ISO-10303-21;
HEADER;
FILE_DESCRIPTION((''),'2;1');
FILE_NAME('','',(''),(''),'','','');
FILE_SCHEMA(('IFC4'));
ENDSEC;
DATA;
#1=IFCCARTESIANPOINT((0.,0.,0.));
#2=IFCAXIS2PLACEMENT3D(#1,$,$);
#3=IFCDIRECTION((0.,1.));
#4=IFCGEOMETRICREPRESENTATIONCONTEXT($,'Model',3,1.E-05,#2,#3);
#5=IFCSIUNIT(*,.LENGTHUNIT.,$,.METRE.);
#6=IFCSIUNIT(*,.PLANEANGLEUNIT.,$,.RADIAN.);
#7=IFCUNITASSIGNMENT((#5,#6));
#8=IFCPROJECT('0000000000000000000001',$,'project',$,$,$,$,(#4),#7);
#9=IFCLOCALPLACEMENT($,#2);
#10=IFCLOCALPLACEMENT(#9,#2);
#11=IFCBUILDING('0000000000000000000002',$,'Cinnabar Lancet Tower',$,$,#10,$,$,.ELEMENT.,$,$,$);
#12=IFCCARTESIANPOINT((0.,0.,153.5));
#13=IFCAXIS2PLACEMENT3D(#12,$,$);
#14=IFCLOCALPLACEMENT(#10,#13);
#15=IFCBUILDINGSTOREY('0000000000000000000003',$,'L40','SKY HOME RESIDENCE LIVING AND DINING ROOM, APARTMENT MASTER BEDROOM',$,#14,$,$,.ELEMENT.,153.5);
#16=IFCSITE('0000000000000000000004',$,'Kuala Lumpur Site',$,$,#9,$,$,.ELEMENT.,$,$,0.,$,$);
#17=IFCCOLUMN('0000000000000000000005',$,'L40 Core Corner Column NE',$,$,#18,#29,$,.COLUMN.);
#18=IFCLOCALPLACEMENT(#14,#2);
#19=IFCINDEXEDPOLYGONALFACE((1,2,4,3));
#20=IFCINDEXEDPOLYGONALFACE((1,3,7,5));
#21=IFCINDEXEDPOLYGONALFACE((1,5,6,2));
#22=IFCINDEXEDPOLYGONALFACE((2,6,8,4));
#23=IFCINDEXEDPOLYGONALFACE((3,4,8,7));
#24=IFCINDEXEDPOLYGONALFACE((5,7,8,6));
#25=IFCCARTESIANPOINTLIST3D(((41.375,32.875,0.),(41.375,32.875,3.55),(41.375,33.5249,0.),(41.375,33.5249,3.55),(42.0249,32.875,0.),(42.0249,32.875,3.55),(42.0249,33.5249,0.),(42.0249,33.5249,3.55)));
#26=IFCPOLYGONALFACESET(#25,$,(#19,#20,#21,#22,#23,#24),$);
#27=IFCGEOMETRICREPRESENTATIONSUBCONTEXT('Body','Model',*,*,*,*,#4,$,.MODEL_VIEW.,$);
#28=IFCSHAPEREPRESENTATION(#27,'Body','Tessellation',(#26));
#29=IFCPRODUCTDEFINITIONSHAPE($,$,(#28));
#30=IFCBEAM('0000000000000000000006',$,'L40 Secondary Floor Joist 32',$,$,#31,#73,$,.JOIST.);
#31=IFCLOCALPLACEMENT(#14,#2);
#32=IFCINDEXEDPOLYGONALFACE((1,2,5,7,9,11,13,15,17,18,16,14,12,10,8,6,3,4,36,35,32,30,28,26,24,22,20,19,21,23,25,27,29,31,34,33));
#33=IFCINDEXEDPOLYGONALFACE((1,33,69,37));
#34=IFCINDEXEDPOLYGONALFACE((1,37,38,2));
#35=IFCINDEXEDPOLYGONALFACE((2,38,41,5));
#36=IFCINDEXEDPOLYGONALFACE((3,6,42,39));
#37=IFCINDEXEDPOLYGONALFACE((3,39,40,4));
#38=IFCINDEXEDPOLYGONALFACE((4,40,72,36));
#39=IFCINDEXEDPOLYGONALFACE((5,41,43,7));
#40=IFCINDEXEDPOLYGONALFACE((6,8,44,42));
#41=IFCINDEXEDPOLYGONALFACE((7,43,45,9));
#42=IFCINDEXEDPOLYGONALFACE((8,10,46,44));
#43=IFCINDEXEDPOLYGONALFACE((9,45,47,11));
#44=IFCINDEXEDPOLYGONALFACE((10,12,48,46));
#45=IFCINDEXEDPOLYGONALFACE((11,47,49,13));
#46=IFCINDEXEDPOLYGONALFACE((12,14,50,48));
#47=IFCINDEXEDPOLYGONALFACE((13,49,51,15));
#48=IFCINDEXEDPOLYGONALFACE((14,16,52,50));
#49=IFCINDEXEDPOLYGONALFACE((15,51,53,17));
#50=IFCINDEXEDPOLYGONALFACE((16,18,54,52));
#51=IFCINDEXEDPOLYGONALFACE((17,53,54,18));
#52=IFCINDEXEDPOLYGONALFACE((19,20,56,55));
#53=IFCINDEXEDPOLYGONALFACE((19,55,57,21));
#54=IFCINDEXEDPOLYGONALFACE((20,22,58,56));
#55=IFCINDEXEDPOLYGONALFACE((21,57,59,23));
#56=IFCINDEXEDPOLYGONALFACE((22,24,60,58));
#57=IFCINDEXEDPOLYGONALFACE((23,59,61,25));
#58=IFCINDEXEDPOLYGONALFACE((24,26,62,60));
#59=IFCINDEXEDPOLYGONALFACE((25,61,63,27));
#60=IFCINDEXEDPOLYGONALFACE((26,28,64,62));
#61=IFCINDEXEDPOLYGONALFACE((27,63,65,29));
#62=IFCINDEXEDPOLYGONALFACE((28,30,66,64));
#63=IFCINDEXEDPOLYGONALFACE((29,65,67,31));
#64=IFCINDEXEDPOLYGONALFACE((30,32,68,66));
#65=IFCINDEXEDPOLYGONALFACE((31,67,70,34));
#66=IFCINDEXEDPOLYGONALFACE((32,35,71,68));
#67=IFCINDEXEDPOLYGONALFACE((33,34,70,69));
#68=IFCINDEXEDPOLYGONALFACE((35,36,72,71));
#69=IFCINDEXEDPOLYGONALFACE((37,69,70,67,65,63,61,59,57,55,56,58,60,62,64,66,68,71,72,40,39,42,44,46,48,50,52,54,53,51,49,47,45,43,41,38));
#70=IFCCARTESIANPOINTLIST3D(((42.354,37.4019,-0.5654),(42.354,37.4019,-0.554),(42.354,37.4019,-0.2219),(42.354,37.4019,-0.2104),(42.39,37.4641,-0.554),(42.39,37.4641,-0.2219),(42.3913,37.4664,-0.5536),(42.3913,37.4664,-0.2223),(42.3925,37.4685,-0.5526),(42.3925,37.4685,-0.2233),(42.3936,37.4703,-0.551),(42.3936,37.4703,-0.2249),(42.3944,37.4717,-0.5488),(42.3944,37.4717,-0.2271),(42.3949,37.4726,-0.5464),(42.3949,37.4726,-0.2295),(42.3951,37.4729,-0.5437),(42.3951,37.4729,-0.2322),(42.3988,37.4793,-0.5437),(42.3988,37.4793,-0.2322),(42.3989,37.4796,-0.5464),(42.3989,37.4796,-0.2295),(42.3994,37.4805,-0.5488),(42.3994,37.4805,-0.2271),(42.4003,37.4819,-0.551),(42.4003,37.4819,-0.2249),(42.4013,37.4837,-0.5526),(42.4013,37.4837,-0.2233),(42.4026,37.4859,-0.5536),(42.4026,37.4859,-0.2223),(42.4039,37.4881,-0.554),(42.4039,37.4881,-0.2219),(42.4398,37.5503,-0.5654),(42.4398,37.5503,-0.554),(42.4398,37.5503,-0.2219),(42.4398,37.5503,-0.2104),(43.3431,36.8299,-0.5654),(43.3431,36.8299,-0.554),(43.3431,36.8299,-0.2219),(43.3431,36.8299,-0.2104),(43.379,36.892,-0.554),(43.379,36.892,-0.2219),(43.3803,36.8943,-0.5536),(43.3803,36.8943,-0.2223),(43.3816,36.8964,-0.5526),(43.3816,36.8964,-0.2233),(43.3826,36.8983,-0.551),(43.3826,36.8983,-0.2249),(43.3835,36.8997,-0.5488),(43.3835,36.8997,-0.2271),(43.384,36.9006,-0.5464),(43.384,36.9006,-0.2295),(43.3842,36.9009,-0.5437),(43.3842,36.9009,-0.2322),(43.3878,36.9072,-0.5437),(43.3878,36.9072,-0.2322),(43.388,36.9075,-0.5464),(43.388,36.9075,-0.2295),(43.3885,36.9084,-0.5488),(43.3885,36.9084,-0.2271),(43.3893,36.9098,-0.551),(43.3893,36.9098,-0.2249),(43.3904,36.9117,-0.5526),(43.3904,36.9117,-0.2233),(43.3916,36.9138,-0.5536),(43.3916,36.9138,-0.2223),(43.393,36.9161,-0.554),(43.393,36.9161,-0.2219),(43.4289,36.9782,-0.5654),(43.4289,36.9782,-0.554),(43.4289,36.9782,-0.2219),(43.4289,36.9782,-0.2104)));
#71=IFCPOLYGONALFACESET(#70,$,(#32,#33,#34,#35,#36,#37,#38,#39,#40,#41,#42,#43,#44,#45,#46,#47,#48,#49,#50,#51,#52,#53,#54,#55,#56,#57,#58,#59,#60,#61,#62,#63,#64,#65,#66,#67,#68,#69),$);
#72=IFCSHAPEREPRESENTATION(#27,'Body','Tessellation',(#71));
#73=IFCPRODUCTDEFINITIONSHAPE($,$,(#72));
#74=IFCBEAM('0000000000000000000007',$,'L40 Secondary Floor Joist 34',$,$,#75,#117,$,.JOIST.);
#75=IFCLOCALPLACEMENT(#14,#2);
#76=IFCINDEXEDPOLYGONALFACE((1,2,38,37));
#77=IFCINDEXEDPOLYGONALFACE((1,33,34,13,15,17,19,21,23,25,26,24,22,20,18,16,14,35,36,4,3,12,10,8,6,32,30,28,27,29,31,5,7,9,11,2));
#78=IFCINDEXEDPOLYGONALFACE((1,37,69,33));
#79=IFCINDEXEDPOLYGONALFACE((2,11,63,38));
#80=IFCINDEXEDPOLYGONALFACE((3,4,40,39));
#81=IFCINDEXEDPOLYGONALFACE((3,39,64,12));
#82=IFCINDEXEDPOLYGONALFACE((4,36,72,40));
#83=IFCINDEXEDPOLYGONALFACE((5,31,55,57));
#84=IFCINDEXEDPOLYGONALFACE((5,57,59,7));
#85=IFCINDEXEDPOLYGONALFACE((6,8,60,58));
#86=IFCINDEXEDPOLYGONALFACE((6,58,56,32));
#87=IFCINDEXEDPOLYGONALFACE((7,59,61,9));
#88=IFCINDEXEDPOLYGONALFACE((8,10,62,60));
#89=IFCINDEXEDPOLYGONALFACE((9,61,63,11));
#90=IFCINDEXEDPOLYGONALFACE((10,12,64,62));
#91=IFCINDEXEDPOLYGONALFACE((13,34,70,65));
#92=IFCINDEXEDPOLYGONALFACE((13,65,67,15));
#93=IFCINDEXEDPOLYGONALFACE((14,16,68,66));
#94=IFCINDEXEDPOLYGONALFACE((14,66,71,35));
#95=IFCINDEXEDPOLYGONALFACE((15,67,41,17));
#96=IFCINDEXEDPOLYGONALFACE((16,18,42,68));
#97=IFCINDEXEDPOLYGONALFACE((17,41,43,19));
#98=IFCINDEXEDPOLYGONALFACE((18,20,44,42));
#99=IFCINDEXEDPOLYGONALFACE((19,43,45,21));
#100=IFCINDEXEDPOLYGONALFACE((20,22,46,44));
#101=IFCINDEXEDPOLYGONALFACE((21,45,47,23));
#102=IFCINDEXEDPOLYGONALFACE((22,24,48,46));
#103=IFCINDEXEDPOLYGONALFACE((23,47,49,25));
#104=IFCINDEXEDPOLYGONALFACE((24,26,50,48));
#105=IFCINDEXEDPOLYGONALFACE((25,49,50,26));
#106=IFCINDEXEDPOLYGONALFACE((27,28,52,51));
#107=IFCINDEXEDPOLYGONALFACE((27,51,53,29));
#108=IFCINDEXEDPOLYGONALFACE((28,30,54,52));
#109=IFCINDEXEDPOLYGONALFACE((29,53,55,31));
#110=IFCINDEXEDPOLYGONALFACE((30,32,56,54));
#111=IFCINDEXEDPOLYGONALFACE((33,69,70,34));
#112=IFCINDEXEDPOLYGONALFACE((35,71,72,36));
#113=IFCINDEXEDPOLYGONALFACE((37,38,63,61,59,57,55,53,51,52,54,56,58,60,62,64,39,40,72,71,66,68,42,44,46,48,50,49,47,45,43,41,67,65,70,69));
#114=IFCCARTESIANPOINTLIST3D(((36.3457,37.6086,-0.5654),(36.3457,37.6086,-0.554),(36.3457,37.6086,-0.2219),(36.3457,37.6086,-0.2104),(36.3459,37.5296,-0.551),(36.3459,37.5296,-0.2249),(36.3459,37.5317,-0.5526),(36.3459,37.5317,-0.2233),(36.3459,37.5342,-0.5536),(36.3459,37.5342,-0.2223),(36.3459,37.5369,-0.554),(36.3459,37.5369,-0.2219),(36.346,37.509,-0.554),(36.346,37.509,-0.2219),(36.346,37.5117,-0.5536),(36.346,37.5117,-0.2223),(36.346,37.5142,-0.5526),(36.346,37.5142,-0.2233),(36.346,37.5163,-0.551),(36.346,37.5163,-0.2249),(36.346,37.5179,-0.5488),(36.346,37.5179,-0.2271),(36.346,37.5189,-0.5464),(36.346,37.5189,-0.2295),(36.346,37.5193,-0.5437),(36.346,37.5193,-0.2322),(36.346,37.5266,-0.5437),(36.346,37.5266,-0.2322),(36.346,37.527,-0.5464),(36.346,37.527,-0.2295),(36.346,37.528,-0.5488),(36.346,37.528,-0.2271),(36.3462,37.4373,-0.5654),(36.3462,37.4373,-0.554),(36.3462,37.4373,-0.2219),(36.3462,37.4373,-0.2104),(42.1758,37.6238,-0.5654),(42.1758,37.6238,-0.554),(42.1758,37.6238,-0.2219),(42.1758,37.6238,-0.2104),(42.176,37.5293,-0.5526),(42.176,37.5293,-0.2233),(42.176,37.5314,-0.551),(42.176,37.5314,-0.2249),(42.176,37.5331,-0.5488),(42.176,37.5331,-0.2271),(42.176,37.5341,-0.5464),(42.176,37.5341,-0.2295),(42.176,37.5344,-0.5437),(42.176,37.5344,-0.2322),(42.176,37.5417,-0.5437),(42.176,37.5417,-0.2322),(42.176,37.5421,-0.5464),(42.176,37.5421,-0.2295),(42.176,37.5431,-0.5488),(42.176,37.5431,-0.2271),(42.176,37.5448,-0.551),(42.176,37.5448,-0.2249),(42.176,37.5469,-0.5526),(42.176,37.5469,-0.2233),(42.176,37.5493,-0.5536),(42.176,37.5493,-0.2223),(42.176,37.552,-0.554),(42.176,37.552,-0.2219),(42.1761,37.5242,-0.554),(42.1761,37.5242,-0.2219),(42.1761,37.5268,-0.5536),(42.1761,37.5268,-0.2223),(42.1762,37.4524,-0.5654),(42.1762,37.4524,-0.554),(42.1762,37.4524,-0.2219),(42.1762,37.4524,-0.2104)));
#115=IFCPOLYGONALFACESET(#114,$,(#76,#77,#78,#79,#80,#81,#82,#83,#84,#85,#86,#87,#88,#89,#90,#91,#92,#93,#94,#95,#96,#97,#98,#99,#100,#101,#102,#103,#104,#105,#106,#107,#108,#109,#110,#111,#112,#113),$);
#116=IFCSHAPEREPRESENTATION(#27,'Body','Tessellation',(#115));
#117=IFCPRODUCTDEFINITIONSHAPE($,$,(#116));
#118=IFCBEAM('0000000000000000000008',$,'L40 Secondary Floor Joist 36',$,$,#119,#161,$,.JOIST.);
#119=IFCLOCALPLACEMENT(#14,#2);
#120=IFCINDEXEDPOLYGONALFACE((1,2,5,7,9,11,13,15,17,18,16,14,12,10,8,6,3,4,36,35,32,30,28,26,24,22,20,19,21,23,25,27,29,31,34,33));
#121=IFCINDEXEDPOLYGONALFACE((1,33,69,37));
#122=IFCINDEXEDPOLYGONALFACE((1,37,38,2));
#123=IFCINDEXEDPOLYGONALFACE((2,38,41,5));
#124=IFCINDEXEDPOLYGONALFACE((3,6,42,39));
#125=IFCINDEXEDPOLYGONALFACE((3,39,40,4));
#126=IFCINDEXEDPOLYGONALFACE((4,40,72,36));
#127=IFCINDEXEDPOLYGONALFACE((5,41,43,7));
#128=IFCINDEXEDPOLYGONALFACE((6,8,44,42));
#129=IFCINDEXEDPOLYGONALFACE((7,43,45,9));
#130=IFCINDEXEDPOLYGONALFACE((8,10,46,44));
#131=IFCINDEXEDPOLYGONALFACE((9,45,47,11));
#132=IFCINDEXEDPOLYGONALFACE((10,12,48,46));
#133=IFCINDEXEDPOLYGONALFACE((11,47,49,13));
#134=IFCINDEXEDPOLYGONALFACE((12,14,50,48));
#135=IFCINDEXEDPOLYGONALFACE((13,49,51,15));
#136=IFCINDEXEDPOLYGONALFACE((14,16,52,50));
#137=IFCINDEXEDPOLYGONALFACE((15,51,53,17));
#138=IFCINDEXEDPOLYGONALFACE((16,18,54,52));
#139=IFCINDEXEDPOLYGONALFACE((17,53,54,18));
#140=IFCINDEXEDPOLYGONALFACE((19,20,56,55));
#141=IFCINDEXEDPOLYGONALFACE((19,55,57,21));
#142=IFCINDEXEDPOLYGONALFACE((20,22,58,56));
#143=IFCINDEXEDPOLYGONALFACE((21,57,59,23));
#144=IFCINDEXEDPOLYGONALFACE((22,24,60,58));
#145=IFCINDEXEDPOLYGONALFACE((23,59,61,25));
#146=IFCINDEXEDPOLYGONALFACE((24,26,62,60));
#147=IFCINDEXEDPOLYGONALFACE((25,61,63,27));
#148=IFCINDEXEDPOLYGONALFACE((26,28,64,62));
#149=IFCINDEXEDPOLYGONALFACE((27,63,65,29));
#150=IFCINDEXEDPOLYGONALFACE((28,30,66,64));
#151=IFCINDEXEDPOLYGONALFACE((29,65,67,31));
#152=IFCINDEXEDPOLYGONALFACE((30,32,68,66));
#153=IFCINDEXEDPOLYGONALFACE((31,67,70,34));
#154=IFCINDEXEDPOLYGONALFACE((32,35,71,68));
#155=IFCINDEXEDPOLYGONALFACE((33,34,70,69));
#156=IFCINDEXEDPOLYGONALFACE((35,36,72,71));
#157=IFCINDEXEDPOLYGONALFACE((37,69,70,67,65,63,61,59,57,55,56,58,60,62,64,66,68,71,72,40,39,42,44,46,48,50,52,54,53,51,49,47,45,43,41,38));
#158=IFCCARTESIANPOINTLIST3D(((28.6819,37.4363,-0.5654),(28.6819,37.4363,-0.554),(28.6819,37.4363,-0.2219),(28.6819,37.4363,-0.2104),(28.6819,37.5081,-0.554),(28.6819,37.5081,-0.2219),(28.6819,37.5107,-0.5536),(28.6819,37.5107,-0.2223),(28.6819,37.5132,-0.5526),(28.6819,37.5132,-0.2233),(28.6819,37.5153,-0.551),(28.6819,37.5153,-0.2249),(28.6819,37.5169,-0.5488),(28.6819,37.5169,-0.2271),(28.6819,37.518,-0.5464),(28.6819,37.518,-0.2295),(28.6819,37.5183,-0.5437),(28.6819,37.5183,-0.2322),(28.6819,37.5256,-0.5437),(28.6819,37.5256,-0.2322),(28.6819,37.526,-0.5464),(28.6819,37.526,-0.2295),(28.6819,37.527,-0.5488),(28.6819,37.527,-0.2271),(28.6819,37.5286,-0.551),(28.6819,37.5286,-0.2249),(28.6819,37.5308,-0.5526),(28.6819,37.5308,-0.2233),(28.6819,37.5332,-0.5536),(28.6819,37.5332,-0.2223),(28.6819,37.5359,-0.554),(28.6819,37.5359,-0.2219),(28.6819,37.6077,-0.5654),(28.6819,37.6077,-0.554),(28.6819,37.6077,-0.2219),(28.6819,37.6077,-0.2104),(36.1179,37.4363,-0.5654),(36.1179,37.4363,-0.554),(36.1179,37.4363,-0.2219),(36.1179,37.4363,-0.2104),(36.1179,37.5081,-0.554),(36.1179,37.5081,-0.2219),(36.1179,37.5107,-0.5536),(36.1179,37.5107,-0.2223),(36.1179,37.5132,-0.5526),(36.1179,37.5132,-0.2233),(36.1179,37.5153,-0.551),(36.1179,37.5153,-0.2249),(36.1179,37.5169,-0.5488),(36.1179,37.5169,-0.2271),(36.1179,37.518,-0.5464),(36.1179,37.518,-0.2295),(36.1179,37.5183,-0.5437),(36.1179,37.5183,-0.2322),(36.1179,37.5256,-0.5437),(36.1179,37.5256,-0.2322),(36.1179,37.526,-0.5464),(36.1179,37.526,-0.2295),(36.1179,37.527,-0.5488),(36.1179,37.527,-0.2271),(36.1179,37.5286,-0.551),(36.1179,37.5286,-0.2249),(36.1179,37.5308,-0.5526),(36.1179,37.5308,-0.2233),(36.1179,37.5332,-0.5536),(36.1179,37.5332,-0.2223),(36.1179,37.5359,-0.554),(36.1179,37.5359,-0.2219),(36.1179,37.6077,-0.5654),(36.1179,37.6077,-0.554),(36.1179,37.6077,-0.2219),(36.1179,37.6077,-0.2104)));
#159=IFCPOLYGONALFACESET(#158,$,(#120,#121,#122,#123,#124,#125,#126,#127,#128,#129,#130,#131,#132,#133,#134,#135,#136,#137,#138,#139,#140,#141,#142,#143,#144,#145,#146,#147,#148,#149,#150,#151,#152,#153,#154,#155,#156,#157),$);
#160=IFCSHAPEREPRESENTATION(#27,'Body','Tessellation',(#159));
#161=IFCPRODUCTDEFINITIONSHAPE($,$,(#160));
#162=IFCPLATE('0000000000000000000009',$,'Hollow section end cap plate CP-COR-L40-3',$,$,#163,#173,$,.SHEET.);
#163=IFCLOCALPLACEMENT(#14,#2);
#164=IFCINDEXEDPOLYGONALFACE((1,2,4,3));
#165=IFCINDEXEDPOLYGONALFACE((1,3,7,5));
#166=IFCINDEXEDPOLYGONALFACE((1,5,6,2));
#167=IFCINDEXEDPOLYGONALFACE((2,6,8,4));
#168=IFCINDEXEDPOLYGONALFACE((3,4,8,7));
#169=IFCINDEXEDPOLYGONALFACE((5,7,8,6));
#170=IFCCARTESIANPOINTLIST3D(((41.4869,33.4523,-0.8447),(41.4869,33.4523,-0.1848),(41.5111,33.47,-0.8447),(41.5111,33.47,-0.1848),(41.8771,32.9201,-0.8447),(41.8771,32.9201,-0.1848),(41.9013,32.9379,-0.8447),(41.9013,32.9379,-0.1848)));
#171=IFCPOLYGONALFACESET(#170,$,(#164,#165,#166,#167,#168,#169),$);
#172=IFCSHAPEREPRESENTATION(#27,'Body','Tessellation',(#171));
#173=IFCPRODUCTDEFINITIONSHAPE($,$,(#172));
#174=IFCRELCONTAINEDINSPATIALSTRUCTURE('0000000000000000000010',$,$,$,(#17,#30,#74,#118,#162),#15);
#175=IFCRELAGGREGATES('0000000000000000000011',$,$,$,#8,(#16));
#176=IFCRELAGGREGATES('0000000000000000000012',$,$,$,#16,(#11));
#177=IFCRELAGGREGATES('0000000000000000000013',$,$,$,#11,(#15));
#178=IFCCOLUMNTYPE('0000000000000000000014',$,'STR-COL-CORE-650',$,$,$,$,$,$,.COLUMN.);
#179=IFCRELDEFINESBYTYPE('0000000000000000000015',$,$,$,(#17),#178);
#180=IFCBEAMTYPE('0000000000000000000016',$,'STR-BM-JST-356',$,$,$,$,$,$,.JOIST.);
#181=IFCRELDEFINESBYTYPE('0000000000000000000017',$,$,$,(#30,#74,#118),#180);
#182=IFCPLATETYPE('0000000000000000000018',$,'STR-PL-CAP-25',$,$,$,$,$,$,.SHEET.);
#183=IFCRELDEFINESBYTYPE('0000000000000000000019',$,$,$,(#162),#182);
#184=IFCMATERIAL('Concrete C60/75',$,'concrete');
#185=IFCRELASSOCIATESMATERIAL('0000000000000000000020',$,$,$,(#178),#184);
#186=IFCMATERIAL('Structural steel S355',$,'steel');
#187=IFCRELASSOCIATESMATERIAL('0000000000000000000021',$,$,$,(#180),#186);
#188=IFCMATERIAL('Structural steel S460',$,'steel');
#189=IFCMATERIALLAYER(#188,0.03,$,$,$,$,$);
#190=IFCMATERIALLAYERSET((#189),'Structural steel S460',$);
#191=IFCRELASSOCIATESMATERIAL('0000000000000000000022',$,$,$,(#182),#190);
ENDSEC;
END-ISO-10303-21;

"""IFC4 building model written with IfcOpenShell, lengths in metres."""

from ifc_helpers import new_model, si_unit, direction, frame, origin, origin_2d, place, context, subcontext, project, spatial, rectangle, i_section, extrude, material, layer, layer_set, material_profile, profile_set, type_object, element, save


model = new_model("IFC4")

# Units and contexts
model_context = context("Model", 3, precision=1e-05, world=origin(), true_north=direction((0.0, 1.0)))
body_context = subcontext(model_context, "Body", "Model", "MODEL_VIEW")
ifc_project = project(units=[si_unit("LENGTHUNIT", "METRE"), si_unit("PLANEANGLEUNIT", "RADIAN")], contexts=[model_context])

# Site, building, storey
site_placement = place(None, origin())
site = spatial("IfcSite", under=ifc_project, at=site_placement, Name="Kuala Lumpur Site", CompositionType="ELEMENT", RefElevation=0.0)
building_placement = place(site_placement, origin())
building = spatial("IfcBuilding", under=site, at=building_placement, Name="Cinnabar Lancet Tower", CompositionType="ELEMENT")
storey_placement = place(building_placement, frame((0.0, 0.0, 153.5)))
storey = spatial("IfcBuildingStorey", under=building, at=storey_placement, Name="L40", Description="SKY HOME RESIDENCE LIVING AND DINING ROOM, APARTMENT MASTER BEDROOM", CompositionType="ELEMENT", Elevation=153.5)

# Column
ifc_material_1 = material(Name="Concrete C60/75", Category="concrete")
ifc_material_profile_1 = material_profile(ifc_material_1, rectangle(XDim=0.6499, YDim=0.6499, at=origin_2d()), Name="RC-COL 650x650")
ifc_profile_set_1 = profile_set([ifc_material_profile_1], Name="Concrete C60/75")
column_type = type_object("IfcColumnType", Name="STR-COL-CORE-650", PredefinedType="COLUMN", material=ifc_profile_set_1)
column_placement = place(storey_placement, frame((41.7, 33.2, 0.0), z_axis=(0.0, 0.0, 1.0), x_axis=(1.0, 0.0, 0.0)))
element("IfcColumn", 1, at=column_placement, inside=storey, type_object=column_type, Name="L40 Core Corner Column NE", PredefinedType="COLUMN", context=body_context, shape_type="SweptSolid", body=[
    extrude(rectangle(XDim=0.6499, YDim=0.6499, at=origin_2d()), origin(), (0.0, 0.0, 1.0), 3.55),
])

# Beams
ifc_material_2 = material(Name="Structural steel S355", Category="steel")
ifc_material_profile_2 = material_profile(ifc_material_2, i_section(OverallWidth=0.1714, OverallDepth=0.355, WebThickness=0.0073, FlangeThickness=0.0115, FilletRadius=0.0103, at=origin_2d()), Name="UKB 356x171x51")
ifc_profile_set_2 = profile_set([ifc_material_profile_2], Name="Structural steel S355")
beam_type = type_object("IfcBeamType", Name="STR-BM-JST-356", PredefinedType="JOIST", material=ifc_profile_set_2)
beam_1_placement = place(storey_placement, frame((43.386, 36.9041, -0.3879), z_axis=(-0.865641, 0.500666, 0.0), x_axis=(-0.500666, -0.865641, 0.0)))
element("IfcBeam", 2, at=beam_1_placement, inside=storey, type_object=beam_type, Name="L40 Secondary Floor Joist 32", PredefinedType="JOIST", context=body_context, shape_type="SweptSolid", body=[
    extrude(i_section(OverallWidth=0.1714, OverallDepth=0.355, WebThickness=0.0073, FlangeThickness=0.0115, FilletRadius=0.0103, at=origin_2d()), origin(), (0.0, 0.0, 1.0), 1.1426),
])
beam_2_placement = place(storey_placement, frame((42.176, 37.5381, -0.3879), z_axis=(-0.999997, -0.002596, 0.0), x_axis=(0.002596, -0.999997, 0.0)))
element("IfcBeam", 3, at=beam_2_placement, inside=storey, type_object=beam_type, Name="L40 Secondary Floor Joist 34", PredefinedType="JOIST", context=body_context, shape_type="SweptSolid", body=[
    extrude(i_section(OverallWidth=0.1714, OverallDepth=0.355, WebThickness=0.0073, FlangeThickness=0.0115, FilletRadius=0.0103, at=origin_2d()), origin(), (0.0, 0.0, 1.0), 5.8301),
])
beam_3_placement = place(storey_placement, frame((36.1179, 37.522, -0.3879), z_axis=(-1.0, 0.0, 0.0), x_axis=(0.0, -1.0, 0.0)))
element("IfcBeam", 4, at=beam_3_placement, inside=storey, type_object=beam_type, Name="L40 Secondary Floor Joist 36", PredefinedType="JOIST", context=body_context, shape_type="SweptSolid", body=[
    extrude(i_section(OverallWidth=0.1714, OverallDepth=0.355, WebThickness=0.0073, FlangeThickness=0.0115, FilletRadius=0.0103, at=origin_2d()), origin(), (0.0, 0.0, 1.0), 7.436),
])

# Plate
ifc_material_3 = material(Name="Structural steel S460", Category="steel")
ifc_layer_1 = layer(ifc_material_3, 0.03)
ifc_layer_set_1 = layer_set([ifc_layer_1], Name="Structural steel S460")
plate_type = type_object("IfcPlateType", Name="STR-PL-CAP-25", PredefinedType="SHEET", material=ifc_layer_set_1)
plate_placement = place(storey_placement, frame((41.6941, 33.1951, -0.8447), z_axis=(0.0, 0.0, 1.0), x_axis=(-0.806414, -0.591352, 0.0)))
element("IfcPlate", 5, at=plate_placement, inside=storey, type_object=plate_type, Name="Hollow section end cap plate CP-COR-L40-3", PredefinedType="SHEET", context=body_context, shape_type="SweptSolid", body=[
    extrude(rectangle(XDim=0.03, YDim=0.6599, at=origin_2d()), origin(), (0.0, 0.0, 1.0), 0.6599),
])

save(model, "model.ifc")
